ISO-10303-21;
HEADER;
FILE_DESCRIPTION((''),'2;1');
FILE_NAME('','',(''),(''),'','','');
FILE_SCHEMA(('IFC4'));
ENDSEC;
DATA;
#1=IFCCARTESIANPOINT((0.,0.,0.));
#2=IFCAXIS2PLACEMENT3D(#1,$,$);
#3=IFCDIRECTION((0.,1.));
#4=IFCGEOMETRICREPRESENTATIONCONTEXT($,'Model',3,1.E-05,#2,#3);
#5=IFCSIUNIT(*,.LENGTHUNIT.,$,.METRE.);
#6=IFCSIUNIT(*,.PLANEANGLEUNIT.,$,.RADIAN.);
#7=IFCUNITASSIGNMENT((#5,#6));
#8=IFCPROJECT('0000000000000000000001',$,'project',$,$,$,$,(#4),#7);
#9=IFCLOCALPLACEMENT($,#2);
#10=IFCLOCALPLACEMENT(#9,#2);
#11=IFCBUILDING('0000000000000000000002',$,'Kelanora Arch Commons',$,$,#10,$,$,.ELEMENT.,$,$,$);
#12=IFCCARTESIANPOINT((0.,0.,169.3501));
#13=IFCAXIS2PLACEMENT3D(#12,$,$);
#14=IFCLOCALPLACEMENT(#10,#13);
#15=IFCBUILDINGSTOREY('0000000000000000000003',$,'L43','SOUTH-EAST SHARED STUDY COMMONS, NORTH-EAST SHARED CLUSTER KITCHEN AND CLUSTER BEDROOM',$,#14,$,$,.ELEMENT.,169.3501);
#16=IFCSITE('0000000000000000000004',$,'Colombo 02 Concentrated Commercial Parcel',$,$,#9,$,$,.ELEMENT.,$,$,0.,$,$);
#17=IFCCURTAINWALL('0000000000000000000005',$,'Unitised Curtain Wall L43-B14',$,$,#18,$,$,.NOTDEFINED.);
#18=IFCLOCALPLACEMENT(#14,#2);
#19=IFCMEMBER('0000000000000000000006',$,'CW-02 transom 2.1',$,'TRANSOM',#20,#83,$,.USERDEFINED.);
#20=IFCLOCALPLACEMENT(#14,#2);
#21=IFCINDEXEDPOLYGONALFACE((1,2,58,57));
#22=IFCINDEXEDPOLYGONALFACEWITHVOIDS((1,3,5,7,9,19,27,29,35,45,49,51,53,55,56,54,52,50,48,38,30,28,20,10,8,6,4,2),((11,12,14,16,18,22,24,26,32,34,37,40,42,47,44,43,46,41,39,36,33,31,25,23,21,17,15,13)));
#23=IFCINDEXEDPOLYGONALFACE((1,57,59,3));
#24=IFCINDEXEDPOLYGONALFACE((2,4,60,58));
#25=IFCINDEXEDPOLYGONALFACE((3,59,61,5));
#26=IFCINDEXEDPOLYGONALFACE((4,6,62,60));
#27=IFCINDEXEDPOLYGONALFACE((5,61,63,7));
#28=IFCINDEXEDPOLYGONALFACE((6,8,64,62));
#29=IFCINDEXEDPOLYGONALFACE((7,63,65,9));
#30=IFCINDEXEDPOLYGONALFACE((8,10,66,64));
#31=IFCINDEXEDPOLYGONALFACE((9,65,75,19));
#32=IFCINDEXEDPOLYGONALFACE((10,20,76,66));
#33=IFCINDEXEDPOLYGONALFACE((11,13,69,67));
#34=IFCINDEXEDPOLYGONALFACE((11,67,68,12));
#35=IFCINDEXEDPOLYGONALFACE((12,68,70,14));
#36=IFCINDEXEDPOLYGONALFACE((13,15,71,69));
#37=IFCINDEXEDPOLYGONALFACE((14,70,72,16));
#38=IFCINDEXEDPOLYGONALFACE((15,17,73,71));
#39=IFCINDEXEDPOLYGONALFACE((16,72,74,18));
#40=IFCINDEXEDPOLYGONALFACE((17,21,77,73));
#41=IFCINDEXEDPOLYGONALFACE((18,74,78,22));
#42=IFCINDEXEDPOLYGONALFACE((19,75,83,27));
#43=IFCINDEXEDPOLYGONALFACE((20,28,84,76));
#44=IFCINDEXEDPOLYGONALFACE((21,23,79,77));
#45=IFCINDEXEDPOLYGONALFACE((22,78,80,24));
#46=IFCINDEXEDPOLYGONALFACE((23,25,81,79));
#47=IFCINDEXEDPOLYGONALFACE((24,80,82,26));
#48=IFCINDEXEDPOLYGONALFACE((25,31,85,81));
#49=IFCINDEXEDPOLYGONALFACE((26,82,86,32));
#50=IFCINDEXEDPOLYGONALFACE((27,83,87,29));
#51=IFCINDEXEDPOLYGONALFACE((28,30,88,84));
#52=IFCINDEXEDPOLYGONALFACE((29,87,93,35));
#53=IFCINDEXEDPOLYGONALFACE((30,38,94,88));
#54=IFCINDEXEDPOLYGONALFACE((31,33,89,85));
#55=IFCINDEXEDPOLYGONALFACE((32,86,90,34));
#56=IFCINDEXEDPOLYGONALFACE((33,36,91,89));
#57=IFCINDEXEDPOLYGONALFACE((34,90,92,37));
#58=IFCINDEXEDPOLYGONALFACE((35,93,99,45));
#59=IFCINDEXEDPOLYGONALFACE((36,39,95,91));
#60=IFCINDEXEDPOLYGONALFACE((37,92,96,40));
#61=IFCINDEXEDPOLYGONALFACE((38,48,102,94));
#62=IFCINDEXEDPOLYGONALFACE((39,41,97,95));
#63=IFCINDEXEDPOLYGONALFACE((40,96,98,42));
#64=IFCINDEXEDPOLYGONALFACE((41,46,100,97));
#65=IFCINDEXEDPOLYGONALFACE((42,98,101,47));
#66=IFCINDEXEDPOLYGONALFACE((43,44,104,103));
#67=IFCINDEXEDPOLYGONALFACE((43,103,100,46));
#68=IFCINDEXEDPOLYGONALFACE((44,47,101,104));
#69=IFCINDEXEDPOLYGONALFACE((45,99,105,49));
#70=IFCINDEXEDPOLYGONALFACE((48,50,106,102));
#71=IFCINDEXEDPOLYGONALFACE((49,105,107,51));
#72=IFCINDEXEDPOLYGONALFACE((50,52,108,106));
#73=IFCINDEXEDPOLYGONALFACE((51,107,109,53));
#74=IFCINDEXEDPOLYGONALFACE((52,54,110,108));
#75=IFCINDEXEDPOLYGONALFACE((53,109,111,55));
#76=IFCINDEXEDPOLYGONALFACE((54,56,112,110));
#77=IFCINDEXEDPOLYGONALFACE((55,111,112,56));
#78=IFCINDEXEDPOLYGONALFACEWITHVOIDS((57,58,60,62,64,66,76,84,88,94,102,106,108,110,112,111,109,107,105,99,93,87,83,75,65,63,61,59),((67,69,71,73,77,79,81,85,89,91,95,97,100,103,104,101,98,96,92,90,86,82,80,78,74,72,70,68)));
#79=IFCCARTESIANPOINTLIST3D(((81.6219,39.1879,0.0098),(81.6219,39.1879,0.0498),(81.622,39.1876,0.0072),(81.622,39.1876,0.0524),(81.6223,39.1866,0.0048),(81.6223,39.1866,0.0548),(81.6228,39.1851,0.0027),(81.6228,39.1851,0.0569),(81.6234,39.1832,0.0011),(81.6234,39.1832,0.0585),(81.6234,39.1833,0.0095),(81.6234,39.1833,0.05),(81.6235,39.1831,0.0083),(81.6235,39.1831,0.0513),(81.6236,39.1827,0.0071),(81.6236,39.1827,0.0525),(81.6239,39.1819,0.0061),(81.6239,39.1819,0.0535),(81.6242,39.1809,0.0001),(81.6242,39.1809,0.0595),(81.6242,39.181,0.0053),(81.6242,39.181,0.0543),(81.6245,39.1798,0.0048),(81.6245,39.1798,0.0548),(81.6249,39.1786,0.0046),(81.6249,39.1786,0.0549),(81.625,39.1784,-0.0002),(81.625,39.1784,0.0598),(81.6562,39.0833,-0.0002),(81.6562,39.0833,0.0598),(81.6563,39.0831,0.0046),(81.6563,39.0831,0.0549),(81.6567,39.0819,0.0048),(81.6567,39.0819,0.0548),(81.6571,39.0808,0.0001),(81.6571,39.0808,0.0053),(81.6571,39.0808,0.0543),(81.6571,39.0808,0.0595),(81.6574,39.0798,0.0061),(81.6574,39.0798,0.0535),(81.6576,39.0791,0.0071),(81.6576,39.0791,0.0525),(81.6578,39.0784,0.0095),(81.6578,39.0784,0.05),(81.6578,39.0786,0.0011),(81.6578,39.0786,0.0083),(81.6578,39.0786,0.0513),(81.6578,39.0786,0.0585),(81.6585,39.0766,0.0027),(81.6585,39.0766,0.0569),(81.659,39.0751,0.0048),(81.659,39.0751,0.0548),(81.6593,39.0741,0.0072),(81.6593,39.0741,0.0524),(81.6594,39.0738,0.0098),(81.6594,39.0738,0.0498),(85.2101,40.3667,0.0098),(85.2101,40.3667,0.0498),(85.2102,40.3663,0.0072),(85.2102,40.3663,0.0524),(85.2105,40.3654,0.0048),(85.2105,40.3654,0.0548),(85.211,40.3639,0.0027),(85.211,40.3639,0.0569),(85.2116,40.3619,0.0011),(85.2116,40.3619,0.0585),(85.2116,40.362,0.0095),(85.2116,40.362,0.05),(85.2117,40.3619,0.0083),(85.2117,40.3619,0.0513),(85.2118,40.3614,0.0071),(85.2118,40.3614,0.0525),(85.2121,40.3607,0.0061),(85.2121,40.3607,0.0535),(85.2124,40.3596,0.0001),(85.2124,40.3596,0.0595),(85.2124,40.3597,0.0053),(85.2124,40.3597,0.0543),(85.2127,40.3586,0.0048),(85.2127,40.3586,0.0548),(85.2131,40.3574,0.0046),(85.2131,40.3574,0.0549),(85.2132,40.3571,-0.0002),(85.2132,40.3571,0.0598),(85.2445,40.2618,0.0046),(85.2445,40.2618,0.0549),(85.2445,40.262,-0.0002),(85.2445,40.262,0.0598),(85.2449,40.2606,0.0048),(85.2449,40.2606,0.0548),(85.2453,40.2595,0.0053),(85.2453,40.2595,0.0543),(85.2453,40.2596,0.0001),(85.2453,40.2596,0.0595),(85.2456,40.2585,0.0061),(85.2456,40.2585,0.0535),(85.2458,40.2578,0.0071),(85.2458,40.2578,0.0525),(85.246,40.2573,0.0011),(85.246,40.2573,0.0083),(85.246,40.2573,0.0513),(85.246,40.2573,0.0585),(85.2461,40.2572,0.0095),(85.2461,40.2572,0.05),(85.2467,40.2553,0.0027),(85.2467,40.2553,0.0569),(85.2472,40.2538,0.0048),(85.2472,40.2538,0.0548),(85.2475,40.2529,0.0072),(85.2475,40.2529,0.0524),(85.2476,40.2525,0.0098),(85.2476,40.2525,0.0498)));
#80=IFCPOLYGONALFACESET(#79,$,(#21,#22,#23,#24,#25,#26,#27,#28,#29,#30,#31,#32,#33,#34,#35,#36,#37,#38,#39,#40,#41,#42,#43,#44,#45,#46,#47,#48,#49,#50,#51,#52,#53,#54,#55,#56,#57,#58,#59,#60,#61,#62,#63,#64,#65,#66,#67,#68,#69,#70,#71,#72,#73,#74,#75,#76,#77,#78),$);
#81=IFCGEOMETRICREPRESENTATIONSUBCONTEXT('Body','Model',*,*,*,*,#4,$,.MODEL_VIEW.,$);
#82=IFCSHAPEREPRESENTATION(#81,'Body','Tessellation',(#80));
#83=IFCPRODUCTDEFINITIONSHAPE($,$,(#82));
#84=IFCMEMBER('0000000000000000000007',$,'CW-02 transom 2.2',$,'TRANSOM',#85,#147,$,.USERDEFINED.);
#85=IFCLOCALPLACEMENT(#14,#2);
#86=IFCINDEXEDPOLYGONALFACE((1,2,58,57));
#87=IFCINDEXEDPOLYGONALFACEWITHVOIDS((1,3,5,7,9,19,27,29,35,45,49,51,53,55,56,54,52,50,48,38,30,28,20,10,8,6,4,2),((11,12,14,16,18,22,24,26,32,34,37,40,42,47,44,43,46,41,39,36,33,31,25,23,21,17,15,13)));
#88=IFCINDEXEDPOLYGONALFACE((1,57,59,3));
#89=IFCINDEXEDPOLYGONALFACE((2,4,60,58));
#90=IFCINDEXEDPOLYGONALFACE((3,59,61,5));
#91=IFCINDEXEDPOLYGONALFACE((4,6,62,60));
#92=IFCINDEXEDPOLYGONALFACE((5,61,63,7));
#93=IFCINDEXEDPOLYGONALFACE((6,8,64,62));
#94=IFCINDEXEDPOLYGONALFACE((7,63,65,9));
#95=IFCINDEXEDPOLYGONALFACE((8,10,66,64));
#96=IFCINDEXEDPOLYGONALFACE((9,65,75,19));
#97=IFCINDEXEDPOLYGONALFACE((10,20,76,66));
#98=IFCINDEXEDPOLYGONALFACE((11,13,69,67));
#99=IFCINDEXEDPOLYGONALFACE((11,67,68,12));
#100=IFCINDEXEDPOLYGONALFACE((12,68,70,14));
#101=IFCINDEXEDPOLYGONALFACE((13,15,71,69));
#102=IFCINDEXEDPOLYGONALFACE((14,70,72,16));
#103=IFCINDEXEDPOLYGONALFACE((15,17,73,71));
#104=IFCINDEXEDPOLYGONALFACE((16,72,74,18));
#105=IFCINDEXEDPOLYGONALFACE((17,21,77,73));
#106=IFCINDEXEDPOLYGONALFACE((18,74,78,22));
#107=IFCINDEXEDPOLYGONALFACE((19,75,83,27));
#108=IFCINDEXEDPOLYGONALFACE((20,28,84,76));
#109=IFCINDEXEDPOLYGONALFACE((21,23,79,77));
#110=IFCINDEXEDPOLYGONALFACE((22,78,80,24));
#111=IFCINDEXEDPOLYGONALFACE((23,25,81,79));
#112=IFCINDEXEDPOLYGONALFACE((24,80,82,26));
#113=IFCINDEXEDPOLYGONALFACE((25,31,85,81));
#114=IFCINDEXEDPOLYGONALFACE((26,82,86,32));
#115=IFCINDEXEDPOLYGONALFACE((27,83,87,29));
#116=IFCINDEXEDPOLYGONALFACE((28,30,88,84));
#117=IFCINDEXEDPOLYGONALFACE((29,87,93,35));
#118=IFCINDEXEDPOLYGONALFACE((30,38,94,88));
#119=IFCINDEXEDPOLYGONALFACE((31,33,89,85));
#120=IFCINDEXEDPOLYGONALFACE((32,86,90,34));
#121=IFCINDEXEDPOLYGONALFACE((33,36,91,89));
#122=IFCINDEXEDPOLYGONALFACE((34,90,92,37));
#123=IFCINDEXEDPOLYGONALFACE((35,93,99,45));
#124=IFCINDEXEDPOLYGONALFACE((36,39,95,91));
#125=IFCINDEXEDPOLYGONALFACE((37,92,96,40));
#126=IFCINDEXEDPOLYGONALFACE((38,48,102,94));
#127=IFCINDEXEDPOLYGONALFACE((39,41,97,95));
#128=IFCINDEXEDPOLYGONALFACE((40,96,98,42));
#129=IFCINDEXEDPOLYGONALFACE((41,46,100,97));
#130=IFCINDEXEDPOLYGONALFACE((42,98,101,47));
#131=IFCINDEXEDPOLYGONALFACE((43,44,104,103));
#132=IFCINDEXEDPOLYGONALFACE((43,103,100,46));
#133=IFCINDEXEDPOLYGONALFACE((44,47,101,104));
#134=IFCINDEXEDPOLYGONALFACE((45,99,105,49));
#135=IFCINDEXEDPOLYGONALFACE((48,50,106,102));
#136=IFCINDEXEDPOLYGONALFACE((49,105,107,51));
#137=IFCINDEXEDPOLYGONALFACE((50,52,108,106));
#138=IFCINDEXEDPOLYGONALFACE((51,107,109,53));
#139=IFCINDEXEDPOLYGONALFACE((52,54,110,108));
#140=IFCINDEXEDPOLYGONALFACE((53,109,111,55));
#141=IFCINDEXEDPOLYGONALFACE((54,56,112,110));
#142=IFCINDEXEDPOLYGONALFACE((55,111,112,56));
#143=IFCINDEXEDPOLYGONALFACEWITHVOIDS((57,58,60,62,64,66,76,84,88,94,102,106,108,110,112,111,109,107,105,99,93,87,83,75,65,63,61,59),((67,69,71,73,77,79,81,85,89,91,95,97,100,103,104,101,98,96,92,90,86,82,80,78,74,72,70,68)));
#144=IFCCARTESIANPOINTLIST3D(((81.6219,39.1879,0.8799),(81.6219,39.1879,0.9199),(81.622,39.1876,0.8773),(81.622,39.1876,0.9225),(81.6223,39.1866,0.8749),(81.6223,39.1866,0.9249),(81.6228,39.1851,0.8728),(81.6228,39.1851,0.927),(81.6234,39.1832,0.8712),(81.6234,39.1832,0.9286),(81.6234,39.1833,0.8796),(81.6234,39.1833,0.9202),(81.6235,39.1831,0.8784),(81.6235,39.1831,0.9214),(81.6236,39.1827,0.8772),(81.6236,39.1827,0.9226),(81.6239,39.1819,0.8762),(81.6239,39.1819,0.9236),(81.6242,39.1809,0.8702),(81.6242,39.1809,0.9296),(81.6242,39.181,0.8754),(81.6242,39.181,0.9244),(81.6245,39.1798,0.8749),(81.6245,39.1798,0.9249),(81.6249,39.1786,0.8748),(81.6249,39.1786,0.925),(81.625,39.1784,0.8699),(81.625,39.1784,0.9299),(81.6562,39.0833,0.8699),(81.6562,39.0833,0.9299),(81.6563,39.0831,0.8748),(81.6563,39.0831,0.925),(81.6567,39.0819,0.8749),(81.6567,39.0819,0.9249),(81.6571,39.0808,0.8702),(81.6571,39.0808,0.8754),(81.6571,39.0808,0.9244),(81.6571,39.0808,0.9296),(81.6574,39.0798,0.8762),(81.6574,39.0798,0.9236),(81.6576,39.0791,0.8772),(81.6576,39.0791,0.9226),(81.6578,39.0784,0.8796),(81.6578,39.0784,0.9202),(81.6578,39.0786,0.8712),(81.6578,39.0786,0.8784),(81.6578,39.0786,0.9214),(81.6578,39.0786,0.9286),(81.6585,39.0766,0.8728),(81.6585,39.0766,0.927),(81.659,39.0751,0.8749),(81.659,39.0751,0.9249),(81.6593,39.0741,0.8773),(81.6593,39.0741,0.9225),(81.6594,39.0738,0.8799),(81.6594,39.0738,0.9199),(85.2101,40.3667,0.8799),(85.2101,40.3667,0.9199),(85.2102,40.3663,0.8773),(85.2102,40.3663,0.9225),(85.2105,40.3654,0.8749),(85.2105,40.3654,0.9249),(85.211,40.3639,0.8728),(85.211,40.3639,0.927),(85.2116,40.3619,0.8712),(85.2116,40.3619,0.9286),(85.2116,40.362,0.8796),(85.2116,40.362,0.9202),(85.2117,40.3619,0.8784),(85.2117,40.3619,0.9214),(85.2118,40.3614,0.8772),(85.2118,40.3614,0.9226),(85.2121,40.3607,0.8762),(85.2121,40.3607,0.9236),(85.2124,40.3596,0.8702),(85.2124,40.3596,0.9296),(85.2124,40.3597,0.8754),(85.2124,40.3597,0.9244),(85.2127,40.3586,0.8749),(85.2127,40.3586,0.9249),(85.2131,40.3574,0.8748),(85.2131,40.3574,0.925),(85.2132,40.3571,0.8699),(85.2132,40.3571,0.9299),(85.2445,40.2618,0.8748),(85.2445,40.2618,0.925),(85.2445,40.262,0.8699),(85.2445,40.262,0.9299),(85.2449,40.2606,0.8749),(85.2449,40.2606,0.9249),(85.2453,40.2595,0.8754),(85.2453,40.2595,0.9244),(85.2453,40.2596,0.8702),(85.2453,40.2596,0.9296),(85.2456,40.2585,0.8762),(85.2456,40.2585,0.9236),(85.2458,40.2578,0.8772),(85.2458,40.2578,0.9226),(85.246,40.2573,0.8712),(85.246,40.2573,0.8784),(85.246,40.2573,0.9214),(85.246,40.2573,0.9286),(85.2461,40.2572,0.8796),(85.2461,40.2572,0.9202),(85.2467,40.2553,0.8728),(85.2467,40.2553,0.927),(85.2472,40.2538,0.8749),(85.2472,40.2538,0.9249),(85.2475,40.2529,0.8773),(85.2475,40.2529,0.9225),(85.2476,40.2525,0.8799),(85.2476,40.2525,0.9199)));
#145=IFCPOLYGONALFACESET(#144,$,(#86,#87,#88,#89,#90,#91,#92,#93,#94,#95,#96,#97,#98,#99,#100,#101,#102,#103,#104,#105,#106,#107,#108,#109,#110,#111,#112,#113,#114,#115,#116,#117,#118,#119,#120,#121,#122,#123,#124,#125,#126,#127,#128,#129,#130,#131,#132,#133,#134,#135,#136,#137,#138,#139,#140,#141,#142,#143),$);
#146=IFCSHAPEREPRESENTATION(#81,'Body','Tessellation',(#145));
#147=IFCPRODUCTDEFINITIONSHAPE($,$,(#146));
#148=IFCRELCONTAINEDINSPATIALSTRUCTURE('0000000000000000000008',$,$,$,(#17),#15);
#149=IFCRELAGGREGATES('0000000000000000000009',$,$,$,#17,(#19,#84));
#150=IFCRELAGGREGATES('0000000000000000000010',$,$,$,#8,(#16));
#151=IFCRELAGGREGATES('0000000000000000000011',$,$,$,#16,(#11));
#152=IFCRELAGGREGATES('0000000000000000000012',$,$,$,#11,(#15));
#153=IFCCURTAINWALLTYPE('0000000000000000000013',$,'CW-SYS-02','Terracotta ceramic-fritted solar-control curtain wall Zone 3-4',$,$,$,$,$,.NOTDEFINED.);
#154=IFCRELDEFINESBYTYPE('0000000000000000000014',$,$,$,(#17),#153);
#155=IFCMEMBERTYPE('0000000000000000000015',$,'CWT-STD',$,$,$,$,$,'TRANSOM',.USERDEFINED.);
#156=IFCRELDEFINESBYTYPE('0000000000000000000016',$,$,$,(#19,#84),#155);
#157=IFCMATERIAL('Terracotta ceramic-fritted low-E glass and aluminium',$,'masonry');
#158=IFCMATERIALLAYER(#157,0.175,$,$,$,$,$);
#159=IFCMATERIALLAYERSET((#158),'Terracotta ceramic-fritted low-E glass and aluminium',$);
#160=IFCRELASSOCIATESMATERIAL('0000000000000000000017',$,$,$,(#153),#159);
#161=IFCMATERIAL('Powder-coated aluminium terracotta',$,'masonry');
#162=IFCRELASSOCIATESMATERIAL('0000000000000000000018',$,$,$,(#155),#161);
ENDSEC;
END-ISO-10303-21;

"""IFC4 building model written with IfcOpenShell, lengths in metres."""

from ifc_helpers import new_model, si_unit, direction, frame, origin, origin_2d, place, context, subcontext, project, spatial, hollow_rectangle, extrude, material, layer, layer_set, material_profile, profile_set, type_object, element, aggregate, save


model = new_model("IFC4")

# Units and contexts
model_context = context("Model", 3, precision=1e-05, world=origin(), true_north=direction((0.0, 1.0)))
body_context = subcontext(model_context, "Body", "Model", "MODEL_VIEW")
ifc_project = project(units=[si_unit("LENGTHUNIT", "METRE"), si_unit("PLANEANGLEUNIT", "RADIAN")], contexts=[model_context])

# Site, building, storey
site_placement = place(None, origin())
site = spatial("IfcSite", under=ifc_project, at=site_placement, Name="Colombo 02 Concentrated Commercial Parcel", CompositionType="ELEMENT", RefElevation=0.0)
building_placement = place(site_placement, origin())
building = spatial("IfcBuilding", under=site, at=building_placement, Name="Kelanora Arch Commons", CompositionType="ELEMENT")
storey_placement = place(building_placement, frame((0.0, 0.0, 169.3501)))
storey = spatial("IfcBuildingStorey", under=building, at=storey_placement, Name="L43", Description="SOUTH-EAST SHARED STUDY COMMONS, NORTH-EAST SHARED CLUSTER KITCHEN AND CLUSTER BEDROOM", CompositionType="ELEMENT", Elevation=169.3501)

# Curtain wall, members
ifc_material_1 = material(Name="Terracotta ceramic-fritted low-E glass and aluminium", Category="masonry")
ifc_layer_1 = layer(ifc_material_1, 0.175)
ifc_layer_set_1 = layer_set([ifc_layer_1], Name="Terracotta ceramic-fritted low-E glass and aluminium")
curtain_wall_type = type_object("IfcCurtainWallType", Name="CW-SYS-02", Description="Terracotta ceramic-fritted solar-control curtain wall Zone 3-4", PredefinedType="NOTDEFINED", material=ifc_layer_set_1)
curtain_wall_placement = place(storey_placement, origin())
curtain_wall = element("IfcCurtainWall", 1, at=curtain_wall_placement, inside=storey, type_object=curtain_wall_type, Name="Unitised Curtain Wall L43-B14", PredefinedType="NOTDEFINED")
ifc_material_2 = material(Name="Powder-coated aluminium terracotta", Category="masonry")
ifc_material_profile_1 = material_profile(ifc_material_2, hollow_rectangle(XDim=0.1201, YDim=0.0601, WallThickness=0.0049, InnerFilletRadius=0.0049, OuterFilletRadius=0.01, at=origin_2d()), Name="CWT120x60")
ifc_profile_set_1 = profile_set([ifc_material_profile_1], Name="Powder-coated aluminium terracotta")
member_type_1 = type_object("IfcMemberType", Name="CWT-STD", ElementType="TRANSOM", PredefinedType="USERDEFINED", material=ifc_profile_set_1)
member_1_placement = place(storey_placement, frame((81.6406, 39.1309, 0.0298), z_axis=(0.950051, 0.312094, 0.0), x_axis=(-0.312094, 0.950051, 0.0)))
member_1 = element("IfcMember", 2, at=member_1_placement, type_object=member_type_1, Name="CW-02 transom 2.1", ObjectType="TRANSOM", PredefinedType="USERDEFINED", context=body_context, shape_type="SweptSolid", body=[
    extrude(hollow_rectangle(XDim=0.1201, YDim=0.0601, WallThickness=0.0049, InnerFilletRadius=0.0049, OuterFilletRadius=0.01, at=origin_2d()), origin(), (0.0, 0.0, 1.0), 3.7769),
])
member_2_placement = place(storey_placement, frame((81.6406, 39.1309, 0.8999), z_axis=(0.950051, 0.312094, 0.0), x_axis=(-0.312094, 0.950051, 0.0)))
member_2 = element("IfcMember", 3, at=member_2_placement, type_object=member_type_1, Name="CW-02 transom 2.2", ObjectType="TRANSOM", PredefinedType="USERDEFINED", context=body_context, shape_type="SweptSolid", body=[
    extrude(hollow_rectangle(XDim=0.1201, YDim=0.0601, WallThickness=0.0049, InnerFilletRadius=0.0049, OuterFilletRadius=0.01, at=origin_2d()), origin(), (0.0, 0.0, 1.0), 3.7769),
])
aggregate(curtain_wall, [member_1, member_2])

save(model, "model.ifc")
